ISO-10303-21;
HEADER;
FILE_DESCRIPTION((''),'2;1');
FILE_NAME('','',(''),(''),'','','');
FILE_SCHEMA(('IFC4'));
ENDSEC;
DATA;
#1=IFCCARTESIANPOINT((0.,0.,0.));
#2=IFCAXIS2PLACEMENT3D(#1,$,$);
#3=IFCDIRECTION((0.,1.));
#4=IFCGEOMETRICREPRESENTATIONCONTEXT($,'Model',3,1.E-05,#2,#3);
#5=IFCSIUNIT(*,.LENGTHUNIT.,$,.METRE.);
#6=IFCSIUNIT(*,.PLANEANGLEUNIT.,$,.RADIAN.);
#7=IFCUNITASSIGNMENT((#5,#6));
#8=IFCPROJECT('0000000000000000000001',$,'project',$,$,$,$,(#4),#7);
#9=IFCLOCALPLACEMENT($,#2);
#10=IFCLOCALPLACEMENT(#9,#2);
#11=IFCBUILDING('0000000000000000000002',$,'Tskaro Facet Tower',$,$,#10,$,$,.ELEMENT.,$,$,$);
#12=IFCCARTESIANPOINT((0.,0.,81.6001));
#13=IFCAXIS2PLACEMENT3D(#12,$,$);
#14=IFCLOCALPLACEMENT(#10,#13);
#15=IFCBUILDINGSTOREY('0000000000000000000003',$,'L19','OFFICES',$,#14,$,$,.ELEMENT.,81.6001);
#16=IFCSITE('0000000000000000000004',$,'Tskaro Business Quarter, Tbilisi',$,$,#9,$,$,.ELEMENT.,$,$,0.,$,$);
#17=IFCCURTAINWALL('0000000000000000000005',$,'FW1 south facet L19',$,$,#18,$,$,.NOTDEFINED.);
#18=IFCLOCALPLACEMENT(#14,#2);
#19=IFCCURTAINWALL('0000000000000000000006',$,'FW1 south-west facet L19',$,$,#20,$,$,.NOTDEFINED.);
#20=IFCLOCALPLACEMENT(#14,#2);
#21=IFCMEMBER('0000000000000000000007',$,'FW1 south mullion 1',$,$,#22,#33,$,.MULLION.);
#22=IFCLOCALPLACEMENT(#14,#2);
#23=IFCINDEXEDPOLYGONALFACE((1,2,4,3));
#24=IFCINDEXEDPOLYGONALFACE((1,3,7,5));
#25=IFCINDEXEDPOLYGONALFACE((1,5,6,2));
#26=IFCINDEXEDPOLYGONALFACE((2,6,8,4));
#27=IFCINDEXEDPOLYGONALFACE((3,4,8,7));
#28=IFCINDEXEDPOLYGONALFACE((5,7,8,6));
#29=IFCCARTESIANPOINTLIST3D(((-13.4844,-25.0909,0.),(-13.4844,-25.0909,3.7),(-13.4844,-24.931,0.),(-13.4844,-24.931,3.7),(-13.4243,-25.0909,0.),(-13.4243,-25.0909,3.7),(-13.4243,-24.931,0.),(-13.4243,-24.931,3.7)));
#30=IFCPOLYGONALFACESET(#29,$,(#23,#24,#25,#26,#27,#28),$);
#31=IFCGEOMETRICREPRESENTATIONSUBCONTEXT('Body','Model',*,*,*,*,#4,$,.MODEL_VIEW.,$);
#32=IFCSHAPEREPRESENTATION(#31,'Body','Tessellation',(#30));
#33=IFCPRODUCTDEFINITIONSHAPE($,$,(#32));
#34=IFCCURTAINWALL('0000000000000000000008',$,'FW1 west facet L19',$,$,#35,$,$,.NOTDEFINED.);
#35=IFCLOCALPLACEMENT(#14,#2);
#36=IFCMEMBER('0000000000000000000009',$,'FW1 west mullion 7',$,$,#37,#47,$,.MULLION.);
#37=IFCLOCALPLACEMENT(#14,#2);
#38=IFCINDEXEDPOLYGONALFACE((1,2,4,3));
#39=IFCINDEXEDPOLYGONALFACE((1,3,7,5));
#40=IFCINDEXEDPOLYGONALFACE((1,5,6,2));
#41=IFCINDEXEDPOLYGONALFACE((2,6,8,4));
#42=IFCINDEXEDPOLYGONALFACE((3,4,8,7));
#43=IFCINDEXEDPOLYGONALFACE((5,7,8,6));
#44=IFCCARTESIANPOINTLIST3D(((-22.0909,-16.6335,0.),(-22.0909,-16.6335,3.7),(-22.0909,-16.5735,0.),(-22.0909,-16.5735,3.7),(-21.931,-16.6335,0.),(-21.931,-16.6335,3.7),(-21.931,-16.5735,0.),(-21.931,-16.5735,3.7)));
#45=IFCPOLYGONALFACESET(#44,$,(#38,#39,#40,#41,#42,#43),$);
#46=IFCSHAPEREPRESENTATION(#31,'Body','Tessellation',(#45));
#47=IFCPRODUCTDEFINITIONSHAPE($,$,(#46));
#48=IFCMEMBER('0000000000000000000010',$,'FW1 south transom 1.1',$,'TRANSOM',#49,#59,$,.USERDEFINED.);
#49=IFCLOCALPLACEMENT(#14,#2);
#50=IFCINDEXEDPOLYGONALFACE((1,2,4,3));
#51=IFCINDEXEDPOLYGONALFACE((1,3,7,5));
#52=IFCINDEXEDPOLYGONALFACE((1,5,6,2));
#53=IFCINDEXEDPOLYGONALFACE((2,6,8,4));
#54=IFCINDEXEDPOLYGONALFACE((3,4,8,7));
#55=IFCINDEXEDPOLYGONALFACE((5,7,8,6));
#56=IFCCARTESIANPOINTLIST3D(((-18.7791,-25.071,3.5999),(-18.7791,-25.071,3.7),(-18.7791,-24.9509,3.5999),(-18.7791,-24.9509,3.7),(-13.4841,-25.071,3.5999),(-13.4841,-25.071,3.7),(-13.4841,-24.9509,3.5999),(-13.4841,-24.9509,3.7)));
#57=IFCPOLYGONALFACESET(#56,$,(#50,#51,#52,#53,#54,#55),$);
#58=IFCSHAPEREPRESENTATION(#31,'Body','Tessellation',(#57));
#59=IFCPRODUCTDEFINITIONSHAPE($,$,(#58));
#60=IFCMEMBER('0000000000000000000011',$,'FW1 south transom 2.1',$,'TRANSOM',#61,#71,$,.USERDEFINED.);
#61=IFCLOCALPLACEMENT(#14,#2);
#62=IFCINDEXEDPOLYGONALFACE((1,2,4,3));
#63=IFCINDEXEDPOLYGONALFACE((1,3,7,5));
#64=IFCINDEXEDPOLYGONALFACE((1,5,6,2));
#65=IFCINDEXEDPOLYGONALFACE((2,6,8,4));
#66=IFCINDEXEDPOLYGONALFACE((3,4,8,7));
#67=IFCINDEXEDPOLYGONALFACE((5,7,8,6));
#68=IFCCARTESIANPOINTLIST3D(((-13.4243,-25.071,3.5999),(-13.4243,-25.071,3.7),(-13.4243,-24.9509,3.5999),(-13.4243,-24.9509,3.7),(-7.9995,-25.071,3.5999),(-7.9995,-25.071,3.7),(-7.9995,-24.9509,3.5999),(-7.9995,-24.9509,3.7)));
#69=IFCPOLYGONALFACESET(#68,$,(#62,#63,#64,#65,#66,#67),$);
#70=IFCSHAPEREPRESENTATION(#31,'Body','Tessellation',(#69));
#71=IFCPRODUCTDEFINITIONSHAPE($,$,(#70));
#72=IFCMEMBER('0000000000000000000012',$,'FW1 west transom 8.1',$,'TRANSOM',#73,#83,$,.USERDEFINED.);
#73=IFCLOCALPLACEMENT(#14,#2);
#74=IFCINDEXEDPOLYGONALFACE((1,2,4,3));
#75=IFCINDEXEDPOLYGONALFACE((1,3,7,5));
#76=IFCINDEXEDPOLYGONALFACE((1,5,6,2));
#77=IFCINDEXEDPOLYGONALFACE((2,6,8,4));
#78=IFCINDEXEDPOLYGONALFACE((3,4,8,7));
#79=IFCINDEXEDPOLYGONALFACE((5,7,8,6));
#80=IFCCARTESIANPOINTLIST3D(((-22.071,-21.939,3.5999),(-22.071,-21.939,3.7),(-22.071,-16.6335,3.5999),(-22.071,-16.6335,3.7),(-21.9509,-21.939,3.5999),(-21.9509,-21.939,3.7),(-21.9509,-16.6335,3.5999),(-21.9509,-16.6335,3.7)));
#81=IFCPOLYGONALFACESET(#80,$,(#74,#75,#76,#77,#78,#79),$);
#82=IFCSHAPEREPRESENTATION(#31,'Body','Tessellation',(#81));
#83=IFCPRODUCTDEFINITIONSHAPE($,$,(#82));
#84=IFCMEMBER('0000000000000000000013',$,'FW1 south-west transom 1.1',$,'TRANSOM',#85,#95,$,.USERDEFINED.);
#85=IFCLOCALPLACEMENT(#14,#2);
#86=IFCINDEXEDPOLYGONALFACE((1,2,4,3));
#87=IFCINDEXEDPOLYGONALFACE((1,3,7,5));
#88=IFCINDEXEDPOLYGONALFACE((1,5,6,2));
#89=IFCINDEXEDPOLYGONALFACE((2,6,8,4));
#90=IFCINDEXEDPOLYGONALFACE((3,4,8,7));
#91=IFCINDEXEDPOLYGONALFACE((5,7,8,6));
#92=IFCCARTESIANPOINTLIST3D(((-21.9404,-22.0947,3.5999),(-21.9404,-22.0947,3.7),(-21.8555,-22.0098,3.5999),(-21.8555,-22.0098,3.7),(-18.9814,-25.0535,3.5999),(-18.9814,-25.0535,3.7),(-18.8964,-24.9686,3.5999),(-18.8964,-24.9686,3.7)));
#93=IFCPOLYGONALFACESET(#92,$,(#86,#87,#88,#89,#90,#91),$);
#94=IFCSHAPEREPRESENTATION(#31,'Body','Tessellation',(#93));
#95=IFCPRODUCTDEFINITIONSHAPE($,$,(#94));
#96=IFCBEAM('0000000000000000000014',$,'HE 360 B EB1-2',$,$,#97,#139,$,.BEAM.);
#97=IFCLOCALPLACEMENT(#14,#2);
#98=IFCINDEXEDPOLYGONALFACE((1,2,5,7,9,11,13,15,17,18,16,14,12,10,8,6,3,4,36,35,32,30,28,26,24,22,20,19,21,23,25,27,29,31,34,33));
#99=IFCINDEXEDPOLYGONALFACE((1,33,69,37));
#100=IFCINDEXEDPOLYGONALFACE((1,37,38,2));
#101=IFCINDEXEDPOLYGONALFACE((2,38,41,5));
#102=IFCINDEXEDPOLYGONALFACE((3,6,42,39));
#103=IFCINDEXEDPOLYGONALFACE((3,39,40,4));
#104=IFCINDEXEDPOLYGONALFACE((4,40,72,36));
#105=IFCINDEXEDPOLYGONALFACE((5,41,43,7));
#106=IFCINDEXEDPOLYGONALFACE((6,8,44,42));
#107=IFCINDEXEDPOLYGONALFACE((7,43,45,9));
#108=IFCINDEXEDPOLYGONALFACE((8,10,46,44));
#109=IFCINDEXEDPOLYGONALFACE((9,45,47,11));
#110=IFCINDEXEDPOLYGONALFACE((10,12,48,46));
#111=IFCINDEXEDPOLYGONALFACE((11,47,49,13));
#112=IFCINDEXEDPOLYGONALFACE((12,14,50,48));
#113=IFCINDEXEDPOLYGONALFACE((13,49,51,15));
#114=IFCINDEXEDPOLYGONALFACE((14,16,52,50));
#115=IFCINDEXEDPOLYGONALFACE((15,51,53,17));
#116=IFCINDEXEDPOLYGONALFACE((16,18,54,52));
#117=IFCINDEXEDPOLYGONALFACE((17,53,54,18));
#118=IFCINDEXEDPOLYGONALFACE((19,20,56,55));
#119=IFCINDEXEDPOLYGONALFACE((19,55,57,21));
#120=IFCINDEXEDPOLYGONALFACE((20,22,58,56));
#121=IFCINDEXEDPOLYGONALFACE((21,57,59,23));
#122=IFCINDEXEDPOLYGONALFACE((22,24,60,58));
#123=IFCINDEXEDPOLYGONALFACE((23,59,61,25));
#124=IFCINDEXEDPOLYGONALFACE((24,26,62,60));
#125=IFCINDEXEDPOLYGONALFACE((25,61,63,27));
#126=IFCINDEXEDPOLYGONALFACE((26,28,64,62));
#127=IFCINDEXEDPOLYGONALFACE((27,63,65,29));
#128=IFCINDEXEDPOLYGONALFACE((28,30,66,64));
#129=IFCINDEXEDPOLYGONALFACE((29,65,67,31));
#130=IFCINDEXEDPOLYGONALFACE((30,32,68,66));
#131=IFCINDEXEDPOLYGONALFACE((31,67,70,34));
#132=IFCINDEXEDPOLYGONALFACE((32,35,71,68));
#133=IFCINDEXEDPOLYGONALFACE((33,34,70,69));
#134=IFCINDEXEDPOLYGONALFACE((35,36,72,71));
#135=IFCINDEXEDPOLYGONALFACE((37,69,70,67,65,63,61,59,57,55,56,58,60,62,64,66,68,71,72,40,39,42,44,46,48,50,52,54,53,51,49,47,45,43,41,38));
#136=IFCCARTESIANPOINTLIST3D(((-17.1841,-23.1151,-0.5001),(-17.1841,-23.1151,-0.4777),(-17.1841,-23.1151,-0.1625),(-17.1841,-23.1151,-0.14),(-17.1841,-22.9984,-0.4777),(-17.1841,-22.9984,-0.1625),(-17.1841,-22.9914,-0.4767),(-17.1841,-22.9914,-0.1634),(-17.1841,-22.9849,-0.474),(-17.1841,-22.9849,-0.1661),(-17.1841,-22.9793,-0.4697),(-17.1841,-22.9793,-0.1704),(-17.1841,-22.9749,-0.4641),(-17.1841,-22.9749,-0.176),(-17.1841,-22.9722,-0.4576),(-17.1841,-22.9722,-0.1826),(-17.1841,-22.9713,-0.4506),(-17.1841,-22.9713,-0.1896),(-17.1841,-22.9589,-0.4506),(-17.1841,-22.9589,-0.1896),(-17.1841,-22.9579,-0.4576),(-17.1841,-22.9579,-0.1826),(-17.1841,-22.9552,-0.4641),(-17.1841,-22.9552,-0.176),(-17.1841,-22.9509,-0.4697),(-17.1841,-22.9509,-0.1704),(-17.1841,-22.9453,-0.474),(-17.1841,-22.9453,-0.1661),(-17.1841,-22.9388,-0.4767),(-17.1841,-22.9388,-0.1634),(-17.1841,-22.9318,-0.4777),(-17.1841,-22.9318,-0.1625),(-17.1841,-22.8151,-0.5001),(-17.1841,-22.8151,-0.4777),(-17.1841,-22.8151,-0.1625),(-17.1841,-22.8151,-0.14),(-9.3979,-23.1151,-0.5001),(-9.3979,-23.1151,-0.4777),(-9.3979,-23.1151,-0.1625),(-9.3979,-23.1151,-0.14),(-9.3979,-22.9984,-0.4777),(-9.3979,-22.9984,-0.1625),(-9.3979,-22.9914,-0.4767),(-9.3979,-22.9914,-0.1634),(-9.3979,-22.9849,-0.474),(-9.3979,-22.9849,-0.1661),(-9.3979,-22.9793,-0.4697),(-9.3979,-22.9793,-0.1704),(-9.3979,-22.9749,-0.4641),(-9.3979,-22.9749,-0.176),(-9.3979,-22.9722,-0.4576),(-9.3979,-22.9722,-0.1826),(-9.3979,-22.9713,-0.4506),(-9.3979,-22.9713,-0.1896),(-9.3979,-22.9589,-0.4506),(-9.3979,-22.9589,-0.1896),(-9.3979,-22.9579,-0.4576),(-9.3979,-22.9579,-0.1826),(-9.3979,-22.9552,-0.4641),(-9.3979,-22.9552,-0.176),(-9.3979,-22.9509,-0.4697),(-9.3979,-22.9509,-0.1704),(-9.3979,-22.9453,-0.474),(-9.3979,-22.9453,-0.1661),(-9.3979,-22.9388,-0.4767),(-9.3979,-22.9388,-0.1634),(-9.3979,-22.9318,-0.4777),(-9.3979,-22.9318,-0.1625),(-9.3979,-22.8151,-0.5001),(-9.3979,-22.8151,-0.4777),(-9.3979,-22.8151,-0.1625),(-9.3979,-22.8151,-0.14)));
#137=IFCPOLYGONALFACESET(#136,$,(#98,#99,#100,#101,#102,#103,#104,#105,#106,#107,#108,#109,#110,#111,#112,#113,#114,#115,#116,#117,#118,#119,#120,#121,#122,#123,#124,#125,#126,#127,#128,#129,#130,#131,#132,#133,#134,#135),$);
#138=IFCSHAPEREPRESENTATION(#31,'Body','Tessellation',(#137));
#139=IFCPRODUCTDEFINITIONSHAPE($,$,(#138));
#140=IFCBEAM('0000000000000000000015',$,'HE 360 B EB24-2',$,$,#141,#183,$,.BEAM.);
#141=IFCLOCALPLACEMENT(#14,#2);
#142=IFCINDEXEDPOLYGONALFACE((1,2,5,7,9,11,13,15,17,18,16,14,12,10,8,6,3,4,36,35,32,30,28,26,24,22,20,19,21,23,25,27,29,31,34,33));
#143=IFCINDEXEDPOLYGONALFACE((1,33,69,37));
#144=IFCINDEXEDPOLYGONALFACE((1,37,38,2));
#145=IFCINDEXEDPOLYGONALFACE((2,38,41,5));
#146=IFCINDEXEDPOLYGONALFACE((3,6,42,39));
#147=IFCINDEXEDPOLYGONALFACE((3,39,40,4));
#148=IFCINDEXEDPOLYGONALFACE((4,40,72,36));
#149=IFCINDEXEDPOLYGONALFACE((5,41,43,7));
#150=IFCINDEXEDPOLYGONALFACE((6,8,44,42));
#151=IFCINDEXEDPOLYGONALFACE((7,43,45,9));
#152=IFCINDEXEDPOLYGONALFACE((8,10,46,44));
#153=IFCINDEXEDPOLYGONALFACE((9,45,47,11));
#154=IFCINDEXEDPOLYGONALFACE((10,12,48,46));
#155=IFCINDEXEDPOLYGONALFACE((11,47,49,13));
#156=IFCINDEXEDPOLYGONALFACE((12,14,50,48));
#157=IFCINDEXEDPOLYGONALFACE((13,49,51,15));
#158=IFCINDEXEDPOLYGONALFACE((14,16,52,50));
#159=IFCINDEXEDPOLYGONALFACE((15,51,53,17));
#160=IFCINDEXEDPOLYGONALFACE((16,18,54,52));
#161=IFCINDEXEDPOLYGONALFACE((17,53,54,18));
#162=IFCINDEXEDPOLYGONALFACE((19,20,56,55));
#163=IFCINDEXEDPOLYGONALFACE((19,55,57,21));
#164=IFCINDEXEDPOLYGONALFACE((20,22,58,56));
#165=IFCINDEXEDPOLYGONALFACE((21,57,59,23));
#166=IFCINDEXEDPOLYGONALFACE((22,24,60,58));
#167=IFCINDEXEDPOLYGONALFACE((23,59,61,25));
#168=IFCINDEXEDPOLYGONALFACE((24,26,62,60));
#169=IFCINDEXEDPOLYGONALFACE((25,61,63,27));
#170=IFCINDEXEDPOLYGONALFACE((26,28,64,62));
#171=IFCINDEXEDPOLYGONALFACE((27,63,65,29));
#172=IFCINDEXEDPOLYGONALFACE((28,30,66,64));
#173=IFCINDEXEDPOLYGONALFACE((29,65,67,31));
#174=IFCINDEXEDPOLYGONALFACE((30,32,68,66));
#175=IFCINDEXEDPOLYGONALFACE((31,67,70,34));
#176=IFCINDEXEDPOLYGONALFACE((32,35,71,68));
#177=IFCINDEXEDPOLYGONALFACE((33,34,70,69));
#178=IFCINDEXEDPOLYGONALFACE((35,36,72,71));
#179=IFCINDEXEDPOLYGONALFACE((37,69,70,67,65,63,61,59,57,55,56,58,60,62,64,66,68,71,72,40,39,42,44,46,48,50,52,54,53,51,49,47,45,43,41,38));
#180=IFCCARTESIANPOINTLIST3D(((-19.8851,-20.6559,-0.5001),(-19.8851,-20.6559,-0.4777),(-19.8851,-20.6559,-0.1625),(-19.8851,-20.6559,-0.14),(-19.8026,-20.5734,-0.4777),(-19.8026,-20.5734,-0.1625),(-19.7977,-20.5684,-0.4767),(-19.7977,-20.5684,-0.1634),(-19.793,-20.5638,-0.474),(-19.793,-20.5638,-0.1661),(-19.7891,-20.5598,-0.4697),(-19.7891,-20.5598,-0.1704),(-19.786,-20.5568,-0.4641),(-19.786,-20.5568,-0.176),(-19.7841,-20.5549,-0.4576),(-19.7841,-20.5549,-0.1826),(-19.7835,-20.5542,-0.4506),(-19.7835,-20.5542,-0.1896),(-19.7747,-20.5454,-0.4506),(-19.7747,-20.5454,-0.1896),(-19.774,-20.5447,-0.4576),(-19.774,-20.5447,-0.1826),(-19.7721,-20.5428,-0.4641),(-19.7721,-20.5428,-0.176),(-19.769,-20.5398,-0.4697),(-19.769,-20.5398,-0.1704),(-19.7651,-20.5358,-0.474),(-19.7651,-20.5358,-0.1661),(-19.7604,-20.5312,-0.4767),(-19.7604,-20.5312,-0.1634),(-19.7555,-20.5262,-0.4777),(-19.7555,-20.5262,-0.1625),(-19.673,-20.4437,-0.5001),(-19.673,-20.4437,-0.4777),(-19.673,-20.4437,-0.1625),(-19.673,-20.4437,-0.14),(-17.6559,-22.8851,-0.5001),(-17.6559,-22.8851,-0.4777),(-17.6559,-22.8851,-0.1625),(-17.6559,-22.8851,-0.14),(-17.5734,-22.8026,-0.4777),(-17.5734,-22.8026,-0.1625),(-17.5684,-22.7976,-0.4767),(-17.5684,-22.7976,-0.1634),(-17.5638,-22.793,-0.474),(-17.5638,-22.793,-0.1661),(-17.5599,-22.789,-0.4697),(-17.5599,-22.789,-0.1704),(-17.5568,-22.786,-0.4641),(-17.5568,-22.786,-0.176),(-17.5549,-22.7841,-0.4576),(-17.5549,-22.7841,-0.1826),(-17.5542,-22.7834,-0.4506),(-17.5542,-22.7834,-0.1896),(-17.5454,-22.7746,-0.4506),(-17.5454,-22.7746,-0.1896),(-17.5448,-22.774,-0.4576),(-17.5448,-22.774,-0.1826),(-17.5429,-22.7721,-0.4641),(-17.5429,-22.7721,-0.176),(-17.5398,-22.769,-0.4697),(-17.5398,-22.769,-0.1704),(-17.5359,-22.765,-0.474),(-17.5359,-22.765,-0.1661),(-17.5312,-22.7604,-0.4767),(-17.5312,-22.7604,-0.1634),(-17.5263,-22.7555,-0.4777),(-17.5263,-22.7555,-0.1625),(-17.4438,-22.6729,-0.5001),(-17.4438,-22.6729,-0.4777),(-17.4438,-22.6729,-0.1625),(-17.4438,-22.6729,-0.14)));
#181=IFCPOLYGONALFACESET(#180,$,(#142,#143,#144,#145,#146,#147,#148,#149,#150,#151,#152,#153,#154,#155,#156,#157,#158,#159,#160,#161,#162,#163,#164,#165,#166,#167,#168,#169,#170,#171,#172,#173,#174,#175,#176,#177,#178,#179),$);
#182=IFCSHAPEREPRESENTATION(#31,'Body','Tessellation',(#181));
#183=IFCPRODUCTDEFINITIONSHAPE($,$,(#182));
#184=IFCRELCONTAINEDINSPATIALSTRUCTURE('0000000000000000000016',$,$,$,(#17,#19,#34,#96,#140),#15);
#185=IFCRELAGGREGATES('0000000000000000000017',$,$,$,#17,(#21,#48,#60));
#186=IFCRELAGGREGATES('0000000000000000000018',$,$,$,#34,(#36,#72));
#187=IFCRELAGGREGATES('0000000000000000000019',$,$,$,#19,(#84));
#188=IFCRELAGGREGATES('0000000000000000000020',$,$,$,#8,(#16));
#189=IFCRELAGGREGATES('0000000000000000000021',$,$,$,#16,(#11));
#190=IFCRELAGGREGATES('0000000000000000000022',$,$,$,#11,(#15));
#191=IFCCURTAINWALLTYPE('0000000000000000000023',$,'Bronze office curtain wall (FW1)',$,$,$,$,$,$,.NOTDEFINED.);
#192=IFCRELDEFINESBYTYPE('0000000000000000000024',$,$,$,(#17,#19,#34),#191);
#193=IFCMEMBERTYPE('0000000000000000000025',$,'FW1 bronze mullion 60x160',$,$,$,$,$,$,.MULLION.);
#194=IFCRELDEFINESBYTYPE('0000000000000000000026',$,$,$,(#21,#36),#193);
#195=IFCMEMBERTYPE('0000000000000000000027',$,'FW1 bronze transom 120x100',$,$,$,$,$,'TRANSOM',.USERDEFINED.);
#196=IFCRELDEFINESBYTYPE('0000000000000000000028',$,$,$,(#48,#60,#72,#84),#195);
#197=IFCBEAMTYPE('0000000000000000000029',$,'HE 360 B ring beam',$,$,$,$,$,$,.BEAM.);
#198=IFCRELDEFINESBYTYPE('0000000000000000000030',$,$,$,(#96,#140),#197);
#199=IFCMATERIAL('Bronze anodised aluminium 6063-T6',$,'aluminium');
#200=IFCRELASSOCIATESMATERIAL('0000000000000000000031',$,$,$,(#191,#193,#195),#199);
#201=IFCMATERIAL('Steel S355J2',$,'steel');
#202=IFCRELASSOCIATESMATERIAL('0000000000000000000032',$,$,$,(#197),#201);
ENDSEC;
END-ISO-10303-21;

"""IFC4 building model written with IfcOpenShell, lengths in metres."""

from ifc_helpers import new_model, si_unit, direction, frame, origin, origin_2d, place, context, subcontext, project, spatial, rectangle, i_section, extrude, material, material_profile, profile_set, type_object, element, aggregate, save


model = new_model("IFC4")

# Units and contexts
model_context = context("Model", 3, precision=1e-05, world=origin(), true_north=direction((0.0, 1.0)))
body_context = subcontext(model_context, "Body", "Model", "MODEL_VIEW")
ifc_project = project(units=[si_unit("LENGTHUNIT", "METRE"), si_unit("PLANEANGLEUNIT", "RADIAN")], contexts=[model_context])

# Site, building, storey
site_placement = place(None, origin())
site = spatial("IfcSite", under=ifc_project, at=site_placement, Name="Tskaro Business Quarter, Tbilisi", CompositionType="ELEMENT", RefElevation=0.0)
building_placement = place(site_placement, origin())
building = spatial("IfcBuilding", under=site, at=building_placement, Name="Tskaro Facet Tower", CompositionType="ELEMENT")
storey_placement = place(building_placement, frame((0.0, 0.0, 81.6001)))
storey = spatial("IfcBuildingStorey", under=building, at=storey_placement, Name="L19", Description="OFFICES", CompositionType="ELEMENT", Elevation=81.6001)

# Curtain walls
ifc_material_1 = material(Name="Bronze anodised aluminium 6063-T6", Category="aluminium")
curtain_wall_type = type_object("IfcCurtainWallType", Name="Bronze office curtain wall (FW1)", PredefinedType="NOTDEFINED", material=ifc_material_1)
curtain_wall_1_placement = place(storey_placement, origin())
curtain_wall_1 = element("IfcCurtainWall", 1, at=curtain_wall_1_placement, inside=storey, type_object=curtain_wall_type, Name="FW1 south facet L19", PredefinedType="NOTDEFINED")
curtain_wall_2_placement = place(storey_placement, origin())
curtain_wall_2 = element("IfcCurtainWall", 2, at=curtain_wall_2_placement, inside=storey, type_object=curtain_wall_type, Name="FW1 south-west facet L19", PredefinedType="NOTDEFINED")

# Member
ifc_material_profile_1 = material_profile(ifc_material_1, rectangle(XDim=0.0601, YDim=0.1599, at=origin_2d()), Name="Mullion 60x160")
ifc_profile_set_1 = profile_set([ifc_material_profile_1], Name="Bronze anodised aluminium 6063-T6")
member_type_1 = type_object("IfcMemberType", Name="FW1 bronze mullion 60x160", PredefinedType="MULLION", material=ifc_profile_set_1)
member_1_placement = place(storey_placement, frame((-13.4543, -25.011, 0.0), z_axis=(0.0, 0.0, 1.0), x_axis=(1.0, 0.0, 0.0)))
member_1 = element("IfcMember", 3, at=member_1_placement, type_object=member_type_1, Name="FW1 south mullion 1", PredefinedType="MULLION", context=body_context, shape_type="SweptSolid", body=[
    extrude(rectangle(XDim=0.0601, YDim=0.1599, at=origin_2d()), origin(), (0.0, 0.0, 1.0), 3.7),
])

# Curtain wall, member
curtain_wall_3_placement = place(storey_placement, origin())
curtain_wall_3 = element("IfcCurtainWall", 4, at=curtain_wall_3_placement, inside=storey, type_object=curtain_wall_type, Name="FW1 west facet L19", PredefinedType="NOTDEFINED")
member_2_placement = place(storey_placement, frame((-22.011, -16.6035, 0.0), z_axis=(0.0, 0.0, 1.0), x_axis=(0.0, -1.0, 0.0)))
member_2 = element("IfcMember", 5, at=member_2_placement, type_object=member_type_1, Name="FW1 west mullion 7", PredefinedType="MULLION", context=body_context, shape_type="SweptSolid", body=[
    extrude(rectangle(XDim=0.0601, YDim=0.1599, at=origin_2d()), origin(), (0.0, 0.0, 1.0), 3.7),
])

# Members
ifc_material_profile_2 = material_profile(ifc_material_1, rectangle(XDim=0.1201, YDim=0.1001, at=origin_2d()), Name="Transom 120x100")
ifc_profile_set_2 = profile_set([ifc_material_profile_2], Name="Bronze anodised aluminium 6063-T6")
member_type_2 = type_object("IfcMemberType", Name="FW1 bronze transom 120x100", ElementType="TRANSOM", PredefinedType="USERDEFINED", material=ifc_profile_set_2)
member_3_placement = place(storey_placement, frame((-18.7791, -25.011, 3.6499), z_axis=(1.0, 0.0, 0.0), x_axis=(0.0, 1.0, 0.0)))
member_3 = element("IfcMember", 6, at=member_3_placement, type_object=member_type_2, Name="FW1 south transom 1.1", ObjectType="TRANSOM", PredefinedType="USERDEFINED", context=body_context, shape_type="SweptSolid", body=[
    extrude(rectangle(XDim=0.1201, YDim=0.1001, at=origin_2d()), origin(), (0.0, 0.0, 1.0), 5.2949),
])
member_4_placement = place(storey_placement, frame((-13.4243, -25.011, 3.6499), z_axis=(1.0, 0.0, 0.0), x_axis=(0.0, 1.0, 0.0)))
member_4 = element("IfcMember", 7, at=member_4_placement, type_object=member_type_2, Name="FW1 south transom 2.1", ObjectType="TRANSOM", PredefinedType="USERDEFINED", context=body_context, shape_type="SweptSolid", body=[
    extrude(rectangle(XDim=0.1201, YDim=0.1001, at=origin_2d()), origin(), (0.0, 0.0, 1.0), 5.4248),
])
member_5_placement = place(storey_placement, frame((-22.011, -16.6335, 3.6499), z_axis=(0.0, -1.0, 0.0), x_axis=(1.0, 0.0, 0.0)))
member_5 = element("IfcMember", 8, at=member_5_placement, type_object=member_type_2, Name="FW1 west transom 8.1", ObjectType="TRANSOM", PredefinedType="USERDEFINED", context=body_context, shape_type="SweptSolid", body=[
    extrude(rectangle(XDim=0.1201, YDim=0.1001, at=origin_2d()), origin(), (0.0, 0.0, 1.0), 5.3054),
])
member_6_placement = place(storey_placement, frame((-21.8979, -22.0522, 3.6499), z_axis=(0.707136, -0.707078, 0.0), x_axis=(0.707078, 0.707136, 0.0)))
member_6 = element("IfcMember", 9, at=member_6_placement, type_object=member_type_2, Name="FW1 south-west transom 1.1", ObjectType="TRANSOM", PredefinedType="USERDEFINED", context=body_context, shape_type="SweptSolid", body=[
    extrude(rectangle(XDim=0.1201, YDim=0.1001, at=origin_2d()), origin(), (0.0, 0.0, 1.0), 4.1846),
])

# Beams
ifc_material_2 = material(Name="Steel S355J2", Category="steel")
ifc_material_profile_3 = material_profile(ifc_material_2, i_section(OverallWidth=0.3, OverallDepth=0.3601, WebThickness=0.0125, FlangeThickness=0.0225, FilletRadius=0.0271, at=origin_2d()), Name="HE 360 B")
ifc_profile_set_3 = profile_set([ifc_material_profile_3], Name="Steel S355J2")
beam_type_1 = type_object("IfcBeamType", Name="HE 360 B ring beam", PredefinedType="BEAM", material=ifc_profile_set_3)
beam_1_placement = place(storey_placement, frame((-17.1841, -22.9651, -0.3201), z_axis=(1.0, 0.0, 0.0), x_axis=(0.0, 1.0, 0.0)))
element("IfcBeam", 10, at=beam_1_placement, inside=storey, type_object=beam_type_1, Name="HE 360 B EB1-2", PredefinedType="BEAM", context=body_context, shape_type="SweptSolid", body=[
    extrude(i_section(OverallWidth=0.3, OverallDepth=0.3601, WebThickness=0.0125, FlangeThickness=0.0225, FilletRadius=0.0271, at=origin_2d()), origin(), (0.0, 0.0, 1.0), 7.7861),
])
beam_2_placement = place(storey_placement, frame((-19.7791, -20.5498, -0.3201), z_axis=(0.707107, -0.707107, 0.0), x_axis=(0.707107, 0.707107, 0.0)))
element("IfcBeam", 11, at=beam_2_placement, inside=storey, type_object=beam_type_1, Name="HE 360 B EB24-2", PredefinedType="BEAM", context=body_context, shape_type="SweptSolid", body=[
    extrude(i_section(OverallWidth=0.3, OverallDepth=0.3601, WebThickness=0.0125, FlangeThickness=0.0225, FilletRadius=0.0271, at=origin_2d()), origin(), (0.0, 0.0, 1.0), 3.1526),
])

aggregate(curtain_wall_1, [member_1, member_3, member_4])
aggregate(curtain_wall_3, [member_2, member_5])
aggregate(curtain_wall_2, [member_6])

save(model, "model.ifc")
